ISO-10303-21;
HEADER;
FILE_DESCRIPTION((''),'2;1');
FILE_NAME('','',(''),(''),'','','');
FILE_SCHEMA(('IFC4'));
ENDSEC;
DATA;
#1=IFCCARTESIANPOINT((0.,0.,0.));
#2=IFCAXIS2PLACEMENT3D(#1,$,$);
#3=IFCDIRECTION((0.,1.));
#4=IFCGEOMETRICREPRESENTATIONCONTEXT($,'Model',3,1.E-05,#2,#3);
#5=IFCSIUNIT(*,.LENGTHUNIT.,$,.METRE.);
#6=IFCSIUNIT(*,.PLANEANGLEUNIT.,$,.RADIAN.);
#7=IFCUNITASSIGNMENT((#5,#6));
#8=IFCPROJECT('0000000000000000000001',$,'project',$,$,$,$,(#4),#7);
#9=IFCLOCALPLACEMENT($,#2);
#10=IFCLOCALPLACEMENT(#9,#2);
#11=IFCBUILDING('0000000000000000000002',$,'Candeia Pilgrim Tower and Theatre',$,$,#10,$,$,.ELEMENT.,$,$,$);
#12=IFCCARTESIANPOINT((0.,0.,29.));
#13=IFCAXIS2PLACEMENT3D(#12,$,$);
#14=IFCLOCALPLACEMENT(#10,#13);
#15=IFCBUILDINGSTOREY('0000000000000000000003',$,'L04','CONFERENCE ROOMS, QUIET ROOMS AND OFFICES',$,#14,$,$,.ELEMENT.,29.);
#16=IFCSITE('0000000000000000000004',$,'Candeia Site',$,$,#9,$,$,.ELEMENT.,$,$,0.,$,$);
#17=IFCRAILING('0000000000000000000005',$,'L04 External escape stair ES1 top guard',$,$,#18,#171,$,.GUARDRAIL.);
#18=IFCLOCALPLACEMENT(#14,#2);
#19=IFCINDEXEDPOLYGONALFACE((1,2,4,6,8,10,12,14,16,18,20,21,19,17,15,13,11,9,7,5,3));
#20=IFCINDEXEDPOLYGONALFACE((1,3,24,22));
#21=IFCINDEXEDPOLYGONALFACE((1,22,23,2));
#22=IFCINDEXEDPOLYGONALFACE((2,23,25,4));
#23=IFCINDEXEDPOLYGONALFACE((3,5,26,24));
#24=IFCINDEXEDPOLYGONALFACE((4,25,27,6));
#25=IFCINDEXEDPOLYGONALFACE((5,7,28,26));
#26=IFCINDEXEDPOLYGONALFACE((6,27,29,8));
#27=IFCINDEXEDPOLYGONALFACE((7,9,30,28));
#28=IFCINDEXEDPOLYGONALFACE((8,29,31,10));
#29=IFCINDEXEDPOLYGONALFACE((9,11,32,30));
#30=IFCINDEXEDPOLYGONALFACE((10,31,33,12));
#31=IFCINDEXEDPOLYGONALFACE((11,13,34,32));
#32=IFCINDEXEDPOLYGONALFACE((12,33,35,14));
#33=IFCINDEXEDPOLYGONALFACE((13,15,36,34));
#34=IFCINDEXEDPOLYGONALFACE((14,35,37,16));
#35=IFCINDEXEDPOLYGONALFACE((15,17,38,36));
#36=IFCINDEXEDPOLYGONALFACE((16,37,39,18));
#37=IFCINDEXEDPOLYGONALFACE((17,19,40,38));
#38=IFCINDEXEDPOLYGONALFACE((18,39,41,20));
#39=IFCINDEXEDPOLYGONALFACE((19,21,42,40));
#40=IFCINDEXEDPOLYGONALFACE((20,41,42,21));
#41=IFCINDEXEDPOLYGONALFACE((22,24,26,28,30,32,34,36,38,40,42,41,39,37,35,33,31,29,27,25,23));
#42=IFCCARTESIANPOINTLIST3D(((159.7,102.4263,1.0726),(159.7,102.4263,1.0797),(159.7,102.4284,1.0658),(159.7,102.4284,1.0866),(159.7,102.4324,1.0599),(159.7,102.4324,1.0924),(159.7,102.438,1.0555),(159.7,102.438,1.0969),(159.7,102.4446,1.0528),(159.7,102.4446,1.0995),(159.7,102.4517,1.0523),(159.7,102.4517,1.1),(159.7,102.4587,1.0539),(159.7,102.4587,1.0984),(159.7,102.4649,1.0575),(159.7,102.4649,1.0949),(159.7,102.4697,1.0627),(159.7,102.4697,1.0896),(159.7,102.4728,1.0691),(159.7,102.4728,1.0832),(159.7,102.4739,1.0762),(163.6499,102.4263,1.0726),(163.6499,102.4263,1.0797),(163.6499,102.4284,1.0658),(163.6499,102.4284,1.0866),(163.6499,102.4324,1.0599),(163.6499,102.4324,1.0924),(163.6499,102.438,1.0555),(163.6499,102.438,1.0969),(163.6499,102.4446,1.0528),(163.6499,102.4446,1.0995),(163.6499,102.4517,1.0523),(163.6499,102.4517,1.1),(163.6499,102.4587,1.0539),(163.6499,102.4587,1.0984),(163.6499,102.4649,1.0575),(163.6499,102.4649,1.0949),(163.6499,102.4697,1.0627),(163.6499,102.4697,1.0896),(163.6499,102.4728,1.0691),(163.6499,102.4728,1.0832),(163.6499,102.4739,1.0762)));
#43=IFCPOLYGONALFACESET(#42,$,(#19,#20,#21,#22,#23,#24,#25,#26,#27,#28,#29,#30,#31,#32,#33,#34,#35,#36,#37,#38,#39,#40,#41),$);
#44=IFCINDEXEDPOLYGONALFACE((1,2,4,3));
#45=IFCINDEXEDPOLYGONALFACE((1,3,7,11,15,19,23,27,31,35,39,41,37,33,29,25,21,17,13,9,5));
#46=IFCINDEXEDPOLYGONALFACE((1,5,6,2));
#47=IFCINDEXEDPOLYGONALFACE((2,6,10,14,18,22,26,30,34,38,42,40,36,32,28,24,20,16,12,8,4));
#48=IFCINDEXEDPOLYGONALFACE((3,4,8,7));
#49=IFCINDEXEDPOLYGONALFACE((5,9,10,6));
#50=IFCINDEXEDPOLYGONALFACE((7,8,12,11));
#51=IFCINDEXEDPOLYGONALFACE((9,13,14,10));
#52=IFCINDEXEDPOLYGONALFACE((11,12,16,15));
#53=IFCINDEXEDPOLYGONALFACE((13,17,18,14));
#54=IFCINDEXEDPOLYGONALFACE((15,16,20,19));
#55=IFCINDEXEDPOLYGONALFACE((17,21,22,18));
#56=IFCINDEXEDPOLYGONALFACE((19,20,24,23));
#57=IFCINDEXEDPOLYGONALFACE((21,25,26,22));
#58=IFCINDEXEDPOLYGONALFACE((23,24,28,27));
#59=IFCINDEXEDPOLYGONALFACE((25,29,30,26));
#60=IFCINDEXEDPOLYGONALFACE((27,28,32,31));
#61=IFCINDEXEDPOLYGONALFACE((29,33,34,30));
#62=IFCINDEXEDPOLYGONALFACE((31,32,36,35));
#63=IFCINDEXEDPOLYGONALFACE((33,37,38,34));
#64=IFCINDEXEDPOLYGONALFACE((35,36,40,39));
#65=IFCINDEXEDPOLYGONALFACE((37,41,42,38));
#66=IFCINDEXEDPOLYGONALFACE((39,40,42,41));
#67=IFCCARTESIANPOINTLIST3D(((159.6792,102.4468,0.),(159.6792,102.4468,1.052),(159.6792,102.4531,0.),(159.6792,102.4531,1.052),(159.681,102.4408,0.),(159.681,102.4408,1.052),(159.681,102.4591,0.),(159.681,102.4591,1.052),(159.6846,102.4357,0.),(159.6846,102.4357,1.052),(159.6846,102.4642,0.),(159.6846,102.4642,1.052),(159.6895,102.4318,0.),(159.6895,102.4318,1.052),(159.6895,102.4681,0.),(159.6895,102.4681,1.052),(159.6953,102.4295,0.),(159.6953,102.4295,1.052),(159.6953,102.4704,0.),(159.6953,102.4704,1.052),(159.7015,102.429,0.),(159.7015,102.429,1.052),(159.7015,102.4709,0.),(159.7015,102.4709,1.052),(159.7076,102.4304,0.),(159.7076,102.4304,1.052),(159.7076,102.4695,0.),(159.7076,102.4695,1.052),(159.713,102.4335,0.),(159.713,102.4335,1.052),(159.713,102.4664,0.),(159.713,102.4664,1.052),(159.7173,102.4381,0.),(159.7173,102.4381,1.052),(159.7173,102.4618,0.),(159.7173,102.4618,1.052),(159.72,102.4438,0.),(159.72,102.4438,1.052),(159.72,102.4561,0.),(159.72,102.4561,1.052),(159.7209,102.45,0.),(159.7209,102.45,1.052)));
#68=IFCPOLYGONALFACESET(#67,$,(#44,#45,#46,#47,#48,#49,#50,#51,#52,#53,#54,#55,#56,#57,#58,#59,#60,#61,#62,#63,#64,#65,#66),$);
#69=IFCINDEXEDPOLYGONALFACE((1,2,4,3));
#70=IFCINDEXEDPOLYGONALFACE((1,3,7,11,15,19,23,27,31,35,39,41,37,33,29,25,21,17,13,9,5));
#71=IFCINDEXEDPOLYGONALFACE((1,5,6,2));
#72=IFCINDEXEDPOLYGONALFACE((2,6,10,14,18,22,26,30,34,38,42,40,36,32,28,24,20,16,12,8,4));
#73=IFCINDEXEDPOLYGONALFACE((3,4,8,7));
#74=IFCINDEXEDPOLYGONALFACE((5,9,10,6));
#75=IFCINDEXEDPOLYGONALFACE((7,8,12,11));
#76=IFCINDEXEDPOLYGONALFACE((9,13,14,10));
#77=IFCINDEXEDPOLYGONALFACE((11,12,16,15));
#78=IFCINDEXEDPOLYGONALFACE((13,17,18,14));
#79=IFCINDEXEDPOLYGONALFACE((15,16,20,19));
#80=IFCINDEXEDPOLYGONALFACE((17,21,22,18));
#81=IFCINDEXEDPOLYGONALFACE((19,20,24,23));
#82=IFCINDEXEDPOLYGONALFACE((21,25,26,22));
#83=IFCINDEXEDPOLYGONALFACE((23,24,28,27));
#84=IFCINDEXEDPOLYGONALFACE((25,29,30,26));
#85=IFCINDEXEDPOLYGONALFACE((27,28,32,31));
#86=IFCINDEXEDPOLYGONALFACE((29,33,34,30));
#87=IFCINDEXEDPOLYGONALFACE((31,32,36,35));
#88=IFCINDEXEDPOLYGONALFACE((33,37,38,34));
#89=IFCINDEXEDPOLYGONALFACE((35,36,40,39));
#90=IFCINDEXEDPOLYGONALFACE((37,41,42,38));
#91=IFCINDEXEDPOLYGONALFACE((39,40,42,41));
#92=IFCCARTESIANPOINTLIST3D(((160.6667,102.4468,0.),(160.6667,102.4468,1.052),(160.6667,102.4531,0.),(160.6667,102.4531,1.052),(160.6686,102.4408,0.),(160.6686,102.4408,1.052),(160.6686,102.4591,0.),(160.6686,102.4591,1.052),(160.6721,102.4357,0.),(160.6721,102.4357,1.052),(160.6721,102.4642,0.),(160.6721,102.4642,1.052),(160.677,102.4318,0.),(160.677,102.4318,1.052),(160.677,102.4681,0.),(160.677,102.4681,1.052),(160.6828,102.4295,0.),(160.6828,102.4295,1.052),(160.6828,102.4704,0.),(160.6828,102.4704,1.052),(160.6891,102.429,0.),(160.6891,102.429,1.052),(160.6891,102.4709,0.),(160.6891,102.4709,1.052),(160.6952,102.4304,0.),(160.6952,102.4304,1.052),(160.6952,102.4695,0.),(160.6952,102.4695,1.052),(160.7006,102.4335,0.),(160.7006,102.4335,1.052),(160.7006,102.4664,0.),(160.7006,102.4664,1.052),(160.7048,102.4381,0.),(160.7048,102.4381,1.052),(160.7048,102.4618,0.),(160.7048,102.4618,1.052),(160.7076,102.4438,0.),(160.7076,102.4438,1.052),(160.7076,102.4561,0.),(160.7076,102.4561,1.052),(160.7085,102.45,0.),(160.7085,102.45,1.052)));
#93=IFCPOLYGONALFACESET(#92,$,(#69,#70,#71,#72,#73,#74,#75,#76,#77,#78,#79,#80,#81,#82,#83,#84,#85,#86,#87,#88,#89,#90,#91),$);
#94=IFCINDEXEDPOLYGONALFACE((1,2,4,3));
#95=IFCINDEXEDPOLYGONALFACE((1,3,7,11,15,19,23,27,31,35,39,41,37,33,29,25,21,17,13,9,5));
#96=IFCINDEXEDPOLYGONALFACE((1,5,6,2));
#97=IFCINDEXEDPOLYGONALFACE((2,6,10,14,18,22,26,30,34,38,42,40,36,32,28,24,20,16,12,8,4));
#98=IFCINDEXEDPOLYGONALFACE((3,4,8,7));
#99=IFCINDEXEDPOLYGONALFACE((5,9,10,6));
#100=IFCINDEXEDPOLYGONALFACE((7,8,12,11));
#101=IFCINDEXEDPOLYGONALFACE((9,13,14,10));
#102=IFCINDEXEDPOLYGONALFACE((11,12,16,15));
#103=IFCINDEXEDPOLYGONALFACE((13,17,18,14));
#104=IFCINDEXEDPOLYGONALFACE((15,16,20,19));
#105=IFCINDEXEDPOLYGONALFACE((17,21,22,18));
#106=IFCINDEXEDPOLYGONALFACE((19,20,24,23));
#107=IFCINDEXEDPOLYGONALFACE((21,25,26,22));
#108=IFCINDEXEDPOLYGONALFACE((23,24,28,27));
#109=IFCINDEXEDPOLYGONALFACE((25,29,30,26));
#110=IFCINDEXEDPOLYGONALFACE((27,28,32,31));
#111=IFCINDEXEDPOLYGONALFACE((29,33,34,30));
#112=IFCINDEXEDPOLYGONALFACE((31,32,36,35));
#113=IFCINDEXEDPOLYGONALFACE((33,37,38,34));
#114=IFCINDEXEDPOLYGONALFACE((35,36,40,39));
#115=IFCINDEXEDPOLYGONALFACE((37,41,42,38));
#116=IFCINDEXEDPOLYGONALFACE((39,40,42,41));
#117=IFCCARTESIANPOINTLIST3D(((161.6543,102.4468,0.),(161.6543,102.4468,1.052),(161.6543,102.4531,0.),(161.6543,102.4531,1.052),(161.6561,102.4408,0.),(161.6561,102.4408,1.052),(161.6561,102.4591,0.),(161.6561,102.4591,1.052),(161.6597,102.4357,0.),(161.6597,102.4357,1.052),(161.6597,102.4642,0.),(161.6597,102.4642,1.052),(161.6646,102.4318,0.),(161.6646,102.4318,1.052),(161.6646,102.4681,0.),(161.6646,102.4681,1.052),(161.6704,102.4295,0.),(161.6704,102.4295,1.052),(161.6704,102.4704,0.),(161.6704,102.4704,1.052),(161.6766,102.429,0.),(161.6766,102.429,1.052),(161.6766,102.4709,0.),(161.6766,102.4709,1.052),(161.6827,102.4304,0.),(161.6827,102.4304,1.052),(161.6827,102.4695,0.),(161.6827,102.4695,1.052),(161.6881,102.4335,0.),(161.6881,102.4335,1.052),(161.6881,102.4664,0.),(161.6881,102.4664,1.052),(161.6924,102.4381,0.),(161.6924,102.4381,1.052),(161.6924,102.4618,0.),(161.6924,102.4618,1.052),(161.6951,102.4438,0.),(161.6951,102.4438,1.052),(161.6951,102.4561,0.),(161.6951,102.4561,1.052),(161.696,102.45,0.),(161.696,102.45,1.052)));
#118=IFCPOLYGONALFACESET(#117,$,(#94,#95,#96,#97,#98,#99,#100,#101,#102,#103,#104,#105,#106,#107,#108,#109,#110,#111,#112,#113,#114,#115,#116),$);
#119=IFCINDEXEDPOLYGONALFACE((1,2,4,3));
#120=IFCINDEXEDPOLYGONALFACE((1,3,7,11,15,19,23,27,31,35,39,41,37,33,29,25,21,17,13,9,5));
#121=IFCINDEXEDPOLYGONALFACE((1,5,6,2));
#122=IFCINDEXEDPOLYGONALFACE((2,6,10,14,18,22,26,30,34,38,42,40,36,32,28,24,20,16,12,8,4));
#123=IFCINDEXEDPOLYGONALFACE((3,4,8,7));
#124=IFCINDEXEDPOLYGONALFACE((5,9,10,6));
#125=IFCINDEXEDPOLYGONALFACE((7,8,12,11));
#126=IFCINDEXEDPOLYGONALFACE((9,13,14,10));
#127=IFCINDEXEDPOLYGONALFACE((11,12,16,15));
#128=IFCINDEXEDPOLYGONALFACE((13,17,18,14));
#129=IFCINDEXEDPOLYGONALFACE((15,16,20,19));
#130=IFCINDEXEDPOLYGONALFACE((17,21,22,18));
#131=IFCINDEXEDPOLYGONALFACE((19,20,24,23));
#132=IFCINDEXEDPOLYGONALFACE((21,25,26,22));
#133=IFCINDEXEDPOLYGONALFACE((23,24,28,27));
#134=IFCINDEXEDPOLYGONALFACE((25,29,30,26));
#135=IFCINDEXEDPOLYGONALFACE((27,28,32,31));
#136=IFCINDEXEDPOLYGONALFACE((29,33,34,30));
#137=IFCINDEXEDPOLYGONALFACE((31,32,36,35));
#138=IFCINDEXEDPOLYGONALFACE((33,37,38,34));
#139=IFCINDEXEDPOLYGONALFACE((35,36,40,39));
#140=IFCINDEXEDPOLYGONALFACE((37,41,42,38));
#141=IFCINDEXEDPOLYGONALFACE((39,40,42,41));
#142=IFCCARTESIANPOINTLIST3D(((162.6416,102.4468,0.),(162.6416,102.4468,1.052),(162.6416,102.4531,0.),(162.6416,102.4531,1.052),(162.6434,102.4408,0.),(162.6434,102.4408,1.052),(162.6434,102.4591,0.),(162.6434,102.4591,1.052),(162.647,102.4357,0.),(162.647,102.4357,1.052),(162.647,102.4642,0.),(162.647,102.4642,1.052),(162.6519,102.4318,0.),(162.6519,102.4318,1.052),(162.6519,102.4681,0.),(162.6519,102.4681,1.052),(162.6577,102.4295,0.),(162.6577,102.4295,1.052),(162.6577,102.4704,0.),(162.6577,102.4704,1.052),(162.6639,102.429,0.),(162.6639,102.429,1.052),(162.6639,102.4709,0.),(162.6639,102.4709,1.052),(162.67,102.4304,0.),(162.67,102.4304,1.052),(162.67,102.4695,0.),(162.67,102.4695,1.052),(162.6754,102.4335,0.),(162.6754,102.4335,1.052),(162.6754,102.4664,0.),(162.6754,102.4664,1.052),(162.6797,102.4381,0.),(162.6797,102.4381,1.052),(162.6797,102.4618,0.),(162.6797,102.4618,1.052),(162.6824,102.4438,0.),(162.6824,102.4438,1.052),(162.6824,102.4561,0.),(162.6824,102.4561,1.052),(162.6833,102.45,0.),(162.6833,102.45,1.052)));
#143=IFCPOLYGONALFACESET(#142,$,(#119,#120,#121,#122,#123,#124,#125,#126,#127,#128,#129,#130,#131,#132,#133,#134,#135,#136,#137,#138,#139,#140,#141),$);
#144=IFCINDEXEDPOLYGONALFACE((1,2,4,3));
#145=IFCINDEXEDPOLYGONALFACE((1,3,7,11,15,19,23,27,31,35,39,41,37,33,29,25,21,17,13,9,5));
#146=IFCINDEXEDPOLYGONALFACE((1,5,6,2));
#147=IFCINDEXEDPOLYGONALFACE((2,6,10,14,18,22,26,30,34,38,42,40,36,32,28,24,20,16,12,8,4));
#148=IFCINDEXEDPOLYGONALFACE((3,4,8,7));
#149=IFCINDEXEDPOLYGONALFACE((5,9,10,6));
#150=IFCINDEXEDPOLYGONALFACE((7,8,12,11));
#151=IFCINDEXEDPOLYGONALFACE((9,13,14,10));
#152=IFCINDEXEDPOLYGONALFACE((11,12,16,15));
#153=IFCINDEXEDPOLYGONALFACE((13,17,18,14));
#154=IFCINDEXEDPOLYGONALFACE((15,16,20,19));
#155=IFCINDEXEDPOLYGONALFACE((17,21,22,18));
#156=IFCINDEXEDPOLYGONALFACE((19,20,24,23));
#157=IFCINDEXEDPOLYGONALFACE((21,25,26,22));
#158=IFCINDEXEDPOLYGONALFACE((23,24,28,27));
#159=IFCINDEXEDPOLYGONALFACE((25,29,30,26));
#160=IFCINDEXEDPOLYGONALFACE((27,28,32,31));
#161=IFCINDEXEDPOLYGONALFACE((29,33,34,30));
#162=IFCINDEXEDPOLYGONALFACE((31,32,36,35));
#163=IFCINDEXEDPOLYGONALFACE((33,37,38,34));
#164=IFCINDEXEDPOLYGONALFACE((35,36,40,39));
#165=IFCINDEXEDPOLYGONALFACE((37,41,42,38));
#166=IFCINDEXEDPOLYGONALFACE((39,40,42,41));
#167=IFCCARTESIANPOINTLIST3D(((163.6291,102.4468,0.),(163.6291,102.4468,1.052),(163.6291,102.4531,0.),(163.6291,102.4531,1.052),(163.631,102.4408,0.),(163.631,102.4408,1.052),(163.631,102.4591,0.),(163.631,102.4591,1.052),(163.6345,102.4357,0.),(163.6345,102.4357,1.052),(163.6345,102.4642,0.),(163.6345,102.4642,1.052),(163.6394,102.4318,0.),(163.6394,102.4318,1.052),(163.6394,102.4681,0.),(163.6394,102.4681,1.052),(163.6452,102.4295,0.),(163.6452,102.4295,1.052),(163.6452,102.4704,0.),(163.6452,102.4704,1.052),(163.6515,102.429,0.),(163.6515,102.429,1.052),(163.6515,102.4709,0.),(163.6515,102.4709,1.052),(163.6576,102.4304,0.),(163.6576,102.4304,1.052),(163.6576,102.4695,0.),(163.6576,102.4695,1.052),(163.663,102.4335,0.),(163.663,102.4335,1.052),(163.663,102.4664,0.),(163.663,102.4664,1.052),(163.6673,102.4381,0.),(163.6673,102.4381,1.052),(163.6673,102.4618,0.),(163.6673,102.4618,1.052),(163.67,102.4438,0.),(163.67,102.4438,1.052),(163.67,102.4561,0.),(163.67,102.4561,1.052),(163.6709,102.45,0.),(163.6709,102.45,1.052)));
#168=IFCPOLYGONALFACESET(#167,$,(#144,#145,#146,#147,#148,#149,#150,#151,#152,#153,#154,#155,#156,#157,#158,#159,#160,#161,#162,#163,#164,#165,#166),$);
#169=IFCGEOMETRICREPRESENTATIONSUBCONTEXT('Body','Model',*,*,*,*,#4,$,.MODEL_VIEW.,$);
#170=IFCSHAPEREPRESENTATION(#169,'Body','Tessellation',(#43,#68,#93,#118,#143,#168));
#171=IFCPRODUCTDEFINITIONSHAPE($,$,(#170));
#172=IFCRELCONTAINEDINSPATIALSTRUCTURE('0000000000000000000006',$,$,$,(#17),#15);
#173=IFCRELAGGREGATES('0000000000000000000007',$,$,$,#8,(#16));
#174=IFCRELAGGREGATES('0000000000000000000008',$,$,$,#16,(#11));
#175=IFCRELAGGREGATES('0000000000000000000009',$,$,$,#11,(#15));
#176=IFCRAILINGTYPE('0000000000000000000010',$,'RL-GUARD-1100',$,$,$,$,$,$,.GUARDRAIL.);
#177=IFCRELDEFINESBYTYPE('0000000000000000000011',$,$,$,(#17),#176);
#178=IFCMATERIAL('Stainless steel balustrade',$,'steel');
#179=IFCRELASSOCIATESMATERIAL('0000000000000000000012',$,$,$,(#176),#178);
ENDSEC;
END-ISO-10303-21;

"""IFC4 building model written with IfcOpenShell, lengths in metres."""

from ifc_helpers import new_model, si_unit, direction, frame, origin, origin_2d, place, context, subcontext, project, spatial, circle, extrude, material, type_object, element, save


model = new_model("IFC4")

# Units and contexts
model_context = context("Model", 3, precision=1e-05, world=origin(), true_north=direction((0.0, 1.0)))
body_context = subcontext(model_context, "Body", "Model", "MODEL_VIEW")
ifc_project = project(units=[si_unit("LENGTHUNIT", "METRE"), si_unit("PLANEANGLEUNIT", "RADIAN")], contexts=[model_context])

# Site, building, storey
site_placement = place(None, origin())
site = spatial("IfcSite", under=ifc_project, at=site_placement, Name="Candeia Site", CompositionType="ELEMENT", RefElevation=0.0)
building_placement = place(site_placement, origin())
building = spatial("IfcBuilding", under=site, at=building_placement, Name="Candeia Pilgrim Tower and Theatre", CompositionType="ELEMENT")
storey_placement = place(building_placement, frame((0.0, 0.0, 29.0)))
storey = spatial("IfcBuildingStorey", under=building, at=storey_placement, Name="L04", Description="CONFERENCE ROOMS, QUIET ROOMS AND OFFICES", CompositionType="ELEMENT", Elevation=29.0)

# Railing
ifc_material_1 = material(Name="Stainless steel balustrade", Category="steel")
railing_type = type_object("IfcRailingType", Name="RL-GUARD-1100", PredefinedType="GUARDRAIL", material=ifc_material_1)
railing_1_placement = place(storey_placement, frame((159.7, 102.45, 0.0)))
element("IfcRailing", 1, at=railing_1_placement, inside=storey, type_object=railing_type, Name="L04 External escape stair ES1 top guard", PredefinedType="GUARDRAIL", context=body_context, shape_type="SweptSolid", body=[
    extrude(circle(Radius=0.0239, at=origin_2d()), frame((0.0, 0.0, 1.0762), z_axis=(1.0, 0.0, 0.0), x_axis=(0.0, 1.0, 0.0)), (0.0, 0.0, 1.0), 3.95),
    extrude(circle(Radius=0.021, at=origin_2d()), origin(), (0.0, 0.0, 1.0), 1.052),
    extrude(circle(Radius=0.021, at=origin_2d()), frame((0.9875, 0.0, 0.0)), (0.0, 0.0, 1.0), 1.052),
    extrude(circle(Radius=0.021, at=origin_2d()), frame((1.9751, 0.0, 0.0)), (0.0, 0.0, 1.0), 1.052),
    extrude(circle(Radius=0.021, at=origin_2d()), frame((2.9624, 0.0, 0.0)), (0.0, 0.0, 1.0), 1.052),
    extrude(circle(Radius=0.021, at=origin_2d()), frame((3.95, 0.0, 0.0)), (0.0, 0.0, 1.0), 1.052),
])

save(model, "model.ifc")
